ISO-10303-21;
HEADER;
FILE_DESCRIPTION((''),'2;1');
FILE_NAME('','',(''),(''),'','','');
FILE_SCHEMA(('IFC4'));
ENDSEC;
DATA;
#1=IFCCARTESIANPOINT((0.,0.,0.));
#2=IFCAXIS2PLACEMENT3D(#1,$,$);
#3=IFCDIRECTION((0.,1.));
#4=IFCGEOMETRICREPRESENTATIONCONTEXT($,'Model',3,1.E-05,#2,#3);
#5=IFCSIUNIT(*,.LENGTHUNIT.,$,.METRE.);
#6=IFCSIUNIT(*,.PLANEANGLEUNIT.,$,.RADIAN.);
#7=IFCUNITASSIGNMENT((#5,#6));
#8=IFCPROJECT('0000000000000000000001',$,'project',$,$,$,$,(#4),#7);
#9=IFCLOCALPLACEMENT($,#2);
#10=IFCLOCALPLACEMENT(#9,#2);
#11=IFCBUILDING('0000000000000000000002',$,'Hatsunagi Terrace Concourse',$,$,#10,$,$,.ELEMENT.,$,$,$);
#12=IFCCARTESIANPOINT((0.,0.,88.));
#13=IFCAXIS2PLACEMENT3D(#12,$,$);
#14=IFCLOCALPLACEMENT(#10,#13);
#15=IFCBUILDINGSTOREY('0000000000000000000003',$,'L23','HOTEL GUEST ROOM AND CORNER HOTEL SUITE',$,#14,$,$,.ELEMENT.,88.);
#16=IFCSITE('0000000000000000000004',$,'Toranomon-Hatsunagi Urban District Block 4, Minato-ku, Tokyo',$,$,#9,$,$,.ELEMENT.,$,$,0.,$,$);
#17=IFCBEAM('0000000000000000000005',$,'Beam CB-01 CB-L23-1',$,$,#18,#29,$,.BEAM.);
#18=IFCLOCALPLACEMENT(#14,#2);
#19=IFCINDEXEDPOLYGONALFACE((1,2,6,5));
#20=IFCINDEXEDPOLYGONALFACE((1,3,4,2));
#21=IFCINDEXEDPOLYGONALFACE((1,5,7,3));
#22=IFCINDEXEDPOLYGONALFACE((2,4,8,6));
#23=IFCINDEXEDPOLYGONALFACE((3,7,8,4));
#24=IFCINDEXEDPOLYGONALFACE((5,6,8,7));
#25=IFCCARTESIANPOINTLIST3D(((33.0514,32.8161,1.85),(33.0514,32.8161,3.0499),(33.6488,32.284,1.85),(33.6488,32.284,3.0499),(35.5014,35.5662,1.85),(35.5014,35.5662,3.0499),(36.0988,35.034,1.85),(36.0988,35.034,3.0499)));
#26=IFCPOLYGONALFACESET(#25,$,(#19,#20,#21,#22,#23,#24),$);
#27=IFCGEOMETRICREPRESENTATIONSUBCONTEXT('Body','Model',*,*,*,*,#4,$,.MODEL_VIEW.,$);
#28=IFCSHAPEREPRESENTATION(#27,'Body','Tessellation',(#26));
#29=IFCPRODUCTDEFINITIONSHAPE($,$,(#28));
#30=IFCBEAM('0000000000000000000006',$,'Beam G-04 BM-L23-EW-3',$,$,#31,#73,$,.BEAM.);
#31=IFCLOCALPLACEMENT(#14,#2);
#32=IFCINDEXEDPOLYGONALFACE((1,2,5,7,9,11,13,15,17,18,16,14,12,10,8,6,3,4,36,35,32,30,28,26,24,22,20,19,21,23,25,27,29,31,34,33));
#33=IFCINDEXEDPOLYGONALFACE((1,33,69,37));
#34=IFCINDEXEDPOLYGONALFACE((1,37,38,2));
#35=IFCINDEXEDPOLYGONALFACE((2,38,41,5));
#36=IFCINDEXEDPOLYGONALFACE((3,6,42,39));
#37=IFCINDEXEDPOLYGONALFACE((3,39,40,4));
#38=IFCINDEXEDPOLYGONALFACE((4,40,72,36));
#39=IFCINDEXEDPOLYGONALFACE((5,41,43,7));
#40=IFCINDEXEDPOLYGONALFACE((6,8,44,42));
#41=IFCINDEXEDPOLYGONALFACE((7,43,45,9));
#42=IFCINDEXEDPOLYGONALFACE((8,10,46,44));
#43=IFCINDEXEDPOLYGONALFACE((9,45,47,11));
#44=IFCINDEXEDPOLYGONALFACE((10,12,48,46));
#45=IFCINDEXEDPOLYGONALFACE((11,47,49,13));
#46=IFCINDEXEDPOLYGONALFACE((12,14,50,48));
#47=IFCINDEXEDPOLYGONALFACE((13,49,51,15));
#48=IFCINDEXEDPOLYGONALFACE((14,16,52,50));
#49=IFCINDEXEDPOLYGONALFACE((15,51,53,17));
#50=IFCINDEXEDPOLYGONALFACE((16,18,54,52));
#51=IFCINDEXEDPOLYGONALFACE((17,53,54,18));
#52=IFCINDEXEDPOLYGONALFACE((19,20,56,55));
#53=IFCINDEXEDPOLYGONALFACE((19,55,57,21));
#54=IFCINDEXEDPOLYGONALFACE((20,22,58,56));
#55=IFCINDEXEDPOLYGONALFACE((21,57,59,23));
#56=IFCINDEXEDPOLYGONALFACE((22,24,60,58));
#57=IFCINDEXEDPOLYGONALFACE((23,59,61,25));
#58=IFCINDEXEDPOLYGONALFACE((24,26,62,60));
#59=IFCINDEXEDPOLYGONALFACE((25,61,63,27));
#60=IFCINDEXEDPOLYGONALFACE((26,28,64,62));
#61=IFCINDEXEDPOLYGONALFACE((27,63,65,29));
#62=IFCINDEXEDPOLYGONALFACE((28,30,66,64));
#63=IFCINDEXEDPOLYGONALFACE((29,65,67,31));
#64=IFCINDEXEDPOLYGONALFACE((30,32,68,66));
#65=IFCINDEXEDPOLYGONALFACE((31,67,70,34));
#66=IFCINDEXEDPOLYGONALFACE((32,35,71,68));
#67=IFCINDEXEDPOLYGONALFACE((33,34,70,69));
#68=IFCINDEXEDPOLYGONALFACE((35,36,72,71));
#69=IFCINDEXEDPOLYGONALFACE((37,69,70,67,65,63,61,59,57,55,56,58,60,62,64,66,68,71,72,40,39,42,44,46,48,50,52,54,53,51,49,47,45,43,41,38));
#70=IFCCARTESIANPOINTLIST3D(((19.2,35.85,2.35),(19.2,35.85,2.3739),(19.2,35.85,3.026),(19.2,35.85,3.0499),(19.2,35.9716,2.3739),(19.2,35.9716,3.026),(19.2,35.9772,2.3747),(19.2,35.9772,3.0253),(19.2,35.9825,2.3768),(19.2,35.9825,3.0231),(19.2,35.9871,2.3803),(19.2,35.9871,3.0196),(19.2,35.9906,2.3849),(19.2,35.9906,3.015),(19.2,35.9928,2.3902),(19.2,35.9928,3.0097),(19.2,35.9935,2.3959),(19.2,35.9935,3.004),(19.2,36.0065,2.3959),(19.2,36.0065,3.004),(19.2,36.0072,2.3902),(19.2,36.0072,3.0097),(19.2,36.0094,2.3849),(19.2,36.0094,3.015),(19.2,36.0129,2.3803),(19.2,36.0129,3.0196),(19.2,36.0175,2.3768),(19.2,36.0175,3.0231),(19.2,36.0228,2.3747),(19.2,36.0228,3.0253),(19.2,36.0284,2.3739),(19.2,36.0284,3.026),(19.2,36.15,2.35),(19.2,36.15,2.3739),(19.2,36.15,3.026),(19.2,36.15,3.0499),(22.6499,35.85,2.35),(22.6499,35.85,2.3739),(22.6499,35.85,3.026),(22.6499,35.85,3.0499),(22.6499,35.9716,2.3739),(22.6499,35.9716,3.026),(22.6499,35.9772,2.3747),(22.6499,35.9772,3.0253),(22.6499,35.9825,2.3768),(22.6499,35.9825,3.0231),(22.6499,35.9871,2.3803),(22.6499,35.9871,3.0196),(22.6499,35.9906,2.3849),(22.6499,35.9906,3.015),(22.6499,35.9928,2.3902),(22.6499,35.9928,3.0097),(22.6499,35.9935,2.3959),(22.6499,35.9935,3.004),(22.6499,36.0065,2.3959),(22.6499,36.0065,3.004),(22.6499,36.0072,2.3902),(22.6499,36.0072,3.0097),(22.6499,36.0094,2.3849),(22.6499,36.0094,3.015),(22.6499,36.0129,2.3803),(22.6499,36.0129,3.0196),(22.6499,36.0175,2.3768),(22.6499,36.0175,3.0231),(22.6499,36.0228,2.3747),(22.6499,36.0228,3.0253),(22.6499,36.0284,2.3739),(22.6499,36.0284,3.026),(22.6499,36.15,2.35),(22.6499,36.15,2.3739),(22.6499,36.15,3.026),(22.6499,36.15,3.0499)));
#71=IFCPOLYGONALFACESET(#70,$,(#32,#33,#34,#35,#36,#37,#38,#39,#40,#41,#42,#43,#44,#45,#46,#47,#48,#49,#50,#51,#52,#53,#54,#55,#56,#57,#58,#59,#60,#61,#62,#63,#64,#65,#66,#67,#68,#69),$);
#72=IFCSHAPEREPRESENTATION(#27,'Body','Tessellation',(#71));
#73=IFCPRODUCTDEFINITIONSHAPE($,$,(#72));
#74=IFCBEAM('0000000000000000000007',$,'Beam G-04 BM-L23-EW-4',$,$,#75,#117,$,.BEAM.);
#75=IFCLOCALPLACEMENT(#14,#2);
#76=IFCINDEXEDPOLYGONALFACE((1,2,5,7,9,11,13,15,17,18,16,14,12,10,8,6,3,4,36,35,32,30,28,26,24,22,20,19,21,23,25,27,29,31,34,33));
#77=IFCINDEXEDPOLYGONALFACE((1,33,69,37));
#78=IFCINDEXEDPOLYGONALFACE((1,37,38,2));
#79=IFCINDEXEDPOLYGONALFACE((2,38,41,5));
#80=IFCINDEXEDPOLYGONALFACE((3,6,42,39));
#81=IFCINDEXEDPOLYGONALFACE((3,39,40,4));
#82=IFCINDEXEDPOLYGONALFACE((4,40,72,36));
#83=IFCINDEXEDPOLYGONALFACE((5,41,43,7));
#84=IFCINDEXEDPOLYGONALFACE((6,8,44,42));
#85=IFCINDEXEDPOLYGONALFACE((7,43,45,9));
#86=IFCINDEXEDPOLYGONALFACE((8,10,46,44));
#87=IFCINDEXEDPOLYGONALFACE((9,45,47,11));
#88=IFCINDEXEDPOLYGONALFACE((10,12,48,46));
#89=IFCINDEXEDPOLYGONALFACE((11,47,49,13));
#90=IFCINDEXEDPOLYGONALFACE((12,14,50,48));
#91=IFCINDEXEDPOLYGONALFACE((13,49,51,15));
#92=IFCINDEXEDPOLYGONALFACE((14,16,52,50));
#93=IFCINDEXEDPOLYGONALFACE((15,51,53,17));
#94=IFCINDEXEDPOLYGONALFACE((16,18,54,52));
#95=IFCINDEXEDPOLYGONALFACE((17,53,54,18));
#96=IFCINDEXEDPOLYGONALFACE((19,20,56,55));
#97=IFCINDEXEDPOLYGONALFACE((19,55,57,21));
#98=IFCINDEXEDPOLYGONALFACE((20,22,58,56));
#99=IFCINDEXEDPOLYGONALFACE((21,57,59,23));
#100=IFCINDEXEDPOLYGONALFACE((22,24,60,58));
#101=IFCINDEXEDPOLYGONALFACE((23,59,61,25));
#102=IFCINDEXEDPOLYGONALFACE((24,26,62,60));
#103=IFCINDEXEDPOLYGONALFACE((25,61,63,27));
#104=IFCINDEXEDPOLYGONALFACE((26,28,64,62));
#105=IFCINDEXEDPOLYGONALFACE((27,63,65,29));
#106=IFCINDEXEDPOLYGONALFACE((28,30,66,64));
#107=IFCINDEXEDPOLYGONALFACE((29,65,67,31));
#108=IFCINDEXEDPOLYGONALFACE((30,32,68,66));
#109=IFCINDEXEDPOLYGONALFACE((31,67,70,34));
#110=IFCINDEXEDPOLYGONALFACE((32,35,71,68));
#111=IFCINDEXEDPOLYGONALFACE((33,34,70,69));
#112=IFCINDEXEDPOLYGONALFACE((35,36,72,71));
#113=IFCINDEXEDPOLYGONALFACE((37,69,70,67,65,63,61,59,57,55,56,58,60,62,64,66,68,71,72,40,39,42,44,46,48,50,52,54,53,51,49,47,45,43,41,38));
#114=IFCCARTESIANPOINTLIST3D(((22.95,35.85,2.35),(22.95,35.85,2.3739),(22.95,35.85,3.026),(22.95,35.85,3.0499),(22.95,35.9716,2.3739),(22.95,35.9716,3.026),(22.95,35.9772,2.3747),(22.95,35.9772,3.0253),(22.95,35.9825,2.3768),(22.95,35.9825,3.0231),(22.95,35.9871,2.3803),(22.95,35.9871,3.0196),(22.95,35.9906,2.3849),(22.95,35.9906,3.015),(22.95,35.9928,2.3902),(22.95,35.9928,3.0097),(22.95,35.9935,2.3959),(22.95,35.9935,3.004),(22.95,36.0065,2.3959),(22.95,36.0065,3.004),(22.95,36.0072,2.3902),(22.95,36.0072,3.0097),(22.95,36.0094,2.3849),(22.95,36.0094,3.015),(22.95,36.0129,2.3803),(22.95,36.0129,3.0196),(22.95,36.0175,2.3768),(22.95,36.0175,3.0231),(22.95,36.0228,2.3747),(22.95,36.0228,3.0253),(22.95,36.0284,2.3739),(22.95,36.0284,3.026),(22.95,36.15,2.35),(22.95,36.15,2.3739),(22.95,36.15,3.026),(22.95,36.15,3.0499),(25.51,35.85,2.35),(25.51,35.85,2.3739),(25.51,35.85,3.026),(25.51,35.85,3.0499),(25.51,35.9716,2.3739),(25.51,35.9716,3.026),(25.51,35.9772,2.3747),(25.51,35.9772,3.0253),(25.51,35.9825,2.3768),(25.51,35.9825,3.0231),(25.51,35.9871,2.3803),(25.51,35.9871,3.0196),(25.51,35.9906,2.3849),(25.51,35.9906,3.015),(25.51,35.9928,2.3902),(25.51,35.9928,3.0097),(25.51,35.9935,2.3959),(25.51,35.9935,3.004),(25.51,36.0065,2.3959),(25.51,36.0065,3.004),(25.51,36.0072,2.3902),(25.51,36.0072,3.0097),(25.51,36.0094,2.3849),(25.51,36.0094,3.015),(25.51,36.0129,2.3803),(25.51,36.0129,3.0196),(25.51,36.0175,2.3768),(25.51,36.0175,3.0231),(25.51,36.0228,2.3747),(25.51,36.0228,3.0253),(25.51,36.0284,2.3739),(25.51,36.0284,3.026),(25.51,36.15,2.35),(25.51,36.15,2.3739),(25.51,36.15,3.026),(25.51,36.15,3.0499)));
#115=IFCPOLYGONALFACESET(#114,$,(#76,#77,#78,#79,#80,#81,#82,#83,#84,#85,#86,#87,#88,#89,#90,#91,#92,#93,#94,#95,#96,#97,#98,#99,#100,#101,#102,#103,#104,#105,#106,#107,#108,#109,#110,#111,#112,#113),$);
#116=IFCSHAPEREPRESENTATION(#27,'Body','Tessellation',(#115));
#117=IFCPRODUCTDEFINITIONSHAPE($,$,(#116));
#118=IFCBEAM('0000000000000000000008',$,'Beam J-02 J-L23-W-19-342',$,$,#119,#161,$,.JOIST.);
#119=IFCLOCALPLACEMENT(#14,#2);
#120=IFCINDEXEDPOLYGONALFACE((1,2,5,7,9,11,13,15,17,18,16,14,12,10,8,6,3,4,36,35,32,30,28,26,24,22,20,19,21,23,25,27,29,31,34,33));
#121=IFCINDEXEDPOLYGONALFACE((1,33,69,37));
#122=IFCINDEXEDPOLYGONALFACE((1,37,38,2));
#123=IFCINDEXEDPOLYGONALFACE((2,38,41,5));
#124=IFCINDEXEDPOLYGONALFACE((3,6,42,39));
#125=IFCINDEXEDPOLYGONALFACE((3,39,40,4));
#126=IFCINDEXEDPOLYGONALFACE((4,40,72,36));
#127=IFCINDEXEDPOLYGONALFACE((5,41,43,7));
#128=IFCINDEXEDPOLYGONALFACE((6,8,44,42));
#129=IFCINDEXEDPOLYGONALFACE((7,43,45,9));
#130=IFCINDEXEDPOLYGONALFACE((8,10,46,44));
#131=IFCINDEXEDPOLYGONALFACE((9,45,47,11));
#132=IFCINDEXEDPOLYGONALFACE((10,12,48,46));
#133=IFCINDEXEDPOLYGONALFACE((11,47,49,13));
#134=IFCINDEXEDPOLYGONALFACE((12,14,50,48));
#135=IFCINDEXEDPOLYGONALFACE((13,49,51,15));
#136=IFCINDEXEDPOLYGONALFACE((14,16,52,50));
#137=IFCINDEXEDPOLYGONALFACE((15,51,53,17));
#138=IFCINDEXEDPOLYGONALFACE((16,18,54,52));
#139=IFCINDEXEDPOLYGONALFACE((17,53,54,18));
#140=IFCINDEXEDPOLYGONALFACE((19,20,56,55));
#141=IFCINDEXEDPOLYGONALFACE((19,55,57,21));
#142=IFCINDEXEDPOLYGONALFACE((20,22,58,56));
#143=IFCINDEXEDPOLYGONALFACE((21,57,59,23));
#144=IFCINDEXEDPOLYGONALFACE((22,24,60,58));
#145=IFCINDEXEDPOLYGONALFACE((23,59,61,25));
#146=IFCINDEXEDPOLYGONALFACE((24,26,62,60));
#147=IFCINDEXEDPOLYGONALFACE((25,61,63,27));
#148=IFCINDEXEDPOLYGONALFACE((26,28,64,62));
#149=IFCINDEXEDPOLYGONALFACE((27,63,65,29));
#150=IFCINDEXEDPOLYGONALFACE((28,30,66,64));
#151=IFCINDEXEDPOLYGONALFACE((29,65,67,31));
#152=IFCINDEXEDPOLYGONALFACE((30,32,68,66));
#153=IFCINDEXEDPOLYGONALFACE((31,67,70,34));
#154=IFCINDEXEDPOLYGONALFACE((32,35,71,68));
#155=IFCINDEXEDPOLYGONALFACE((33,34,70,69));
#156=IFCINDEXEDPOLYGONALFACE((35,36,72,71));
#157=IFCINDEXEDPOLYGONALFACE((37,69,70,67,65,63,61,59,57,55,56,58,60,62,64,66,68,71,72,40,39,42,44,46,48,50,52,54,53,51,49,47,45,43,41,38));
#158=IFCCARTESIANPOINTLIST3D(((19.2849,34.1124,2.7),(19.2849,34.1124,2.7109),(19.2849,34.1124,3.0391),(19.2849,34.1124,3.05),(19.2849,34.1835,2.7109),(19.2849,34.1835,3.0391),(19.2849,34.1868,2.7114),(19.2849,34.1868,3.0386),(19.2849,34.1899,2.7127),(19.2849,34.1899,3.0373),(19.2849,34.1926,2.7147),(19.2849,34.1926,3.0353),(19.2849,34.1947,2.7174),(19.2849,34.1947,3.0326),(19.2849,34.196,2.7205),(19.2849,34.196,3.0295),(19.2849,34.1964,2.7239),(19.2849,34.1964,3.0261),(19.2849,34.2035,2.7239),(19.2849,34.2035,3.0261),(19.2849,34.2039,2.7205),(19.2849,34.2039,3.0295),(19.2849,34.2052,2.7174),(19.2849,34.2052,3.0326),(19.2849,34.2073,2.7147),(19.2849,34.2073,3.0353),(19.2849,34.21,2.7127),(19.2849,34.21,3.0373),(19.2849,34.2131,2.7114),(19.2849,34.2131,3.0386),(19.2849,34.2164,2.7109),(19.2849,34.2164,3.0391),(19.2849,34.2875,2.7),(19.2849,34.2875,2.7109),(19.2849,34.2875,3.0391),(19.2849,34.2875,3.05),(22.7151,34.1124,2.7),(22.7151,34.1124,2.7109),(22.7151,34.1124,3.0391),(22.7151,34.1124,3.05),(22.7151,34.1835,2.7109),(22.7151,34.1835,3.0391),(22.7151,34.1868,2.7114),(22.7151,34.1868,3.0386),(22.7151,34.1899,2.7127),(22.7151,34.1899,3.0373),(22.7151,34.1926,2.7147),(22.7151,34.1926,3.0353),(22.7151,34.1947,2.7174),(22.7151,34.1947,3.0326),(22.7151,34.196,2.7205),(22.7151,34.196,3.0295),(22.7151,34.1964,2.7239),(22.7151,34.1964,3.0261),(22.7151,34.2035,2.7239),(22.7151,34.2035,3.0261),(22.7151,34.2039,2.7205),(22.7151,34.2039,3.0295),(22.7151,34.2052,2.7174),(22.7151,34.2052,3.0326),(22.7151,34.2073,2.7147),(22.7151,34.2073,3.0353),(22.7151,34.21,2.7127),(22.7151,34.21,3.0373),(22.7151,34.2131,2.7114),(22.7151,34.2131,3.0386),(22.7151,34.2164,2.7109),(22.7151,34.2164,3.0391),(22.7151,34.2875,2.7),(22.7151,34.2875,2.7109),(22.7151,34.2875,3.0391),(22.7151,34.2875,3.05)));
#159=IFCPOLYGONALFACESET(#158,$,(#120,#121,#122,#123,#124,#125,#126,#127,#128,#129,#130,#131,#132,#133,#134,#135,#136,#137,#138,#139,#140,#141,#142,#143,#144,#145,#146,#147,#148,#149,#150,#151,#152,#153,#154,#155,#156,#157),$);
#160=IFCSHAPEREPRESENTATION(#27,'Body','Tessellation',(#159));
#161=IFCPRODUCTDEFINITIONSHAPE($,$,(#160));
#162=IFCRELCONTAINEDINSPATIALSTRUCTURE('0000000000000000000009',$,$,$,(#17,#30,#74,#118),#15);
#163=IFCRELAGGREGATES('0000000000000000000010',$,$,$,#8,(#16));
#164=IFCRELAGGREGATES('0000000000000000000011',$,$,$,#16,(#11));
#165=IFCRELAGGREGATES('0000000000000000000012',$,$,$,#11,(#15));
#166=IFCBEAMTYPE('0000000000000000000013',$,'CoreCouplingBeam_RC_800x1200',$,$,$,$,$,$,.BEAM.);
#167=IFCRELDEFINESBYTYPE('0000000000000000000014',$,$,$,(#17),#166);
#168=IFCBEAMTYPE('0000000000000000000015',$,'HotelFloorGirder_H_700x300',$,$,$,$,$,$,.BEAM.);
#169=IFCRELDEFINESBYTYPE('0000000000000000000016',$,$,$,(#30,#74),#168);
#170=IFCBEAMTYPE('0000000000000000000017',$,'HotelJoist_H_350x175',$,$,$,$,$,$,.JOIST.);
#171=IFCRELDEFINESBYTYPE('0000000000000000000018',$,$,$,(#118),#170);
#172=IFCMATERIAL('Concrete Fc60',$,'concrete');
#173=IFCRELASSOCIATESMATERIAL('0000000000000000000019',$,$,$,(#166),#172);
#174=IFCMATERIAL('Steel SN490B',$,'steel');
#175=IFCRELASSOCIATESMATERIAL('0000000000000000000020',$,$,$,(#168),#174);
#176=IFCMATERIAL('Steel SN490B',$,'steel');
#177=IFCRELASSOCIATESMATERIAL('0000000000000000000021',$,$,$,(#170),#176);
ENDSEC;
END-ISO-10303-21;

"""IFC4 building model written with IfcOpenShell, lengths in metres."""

from ifc_helpers import new_model, si_unit, direction, frame, origin, origin_2d, place, context, subcontext, project, spatial, rectangle, i_section, extrude, material, material_profile, profile_set, type_object, element, save


model = new_model("IFC4")

# Units and contexts
model_context = context("Model", 3, precision=1e-05, world=origin(), true_north=direction((0.0, 1.0)))
body_context = subcontext(model_context, "Body", "Model", "MODEL_VIEW")
ifc_project = project(units=[si_unit("LENGTHUNIT", "METRE"), si_unit("PLANEANGLEUNIT", "RADIAN")], contexts=[model_context])

# Site, building, storey
site_placement = place(None, origin())
site = spatial("IfcSite", under=ifc_project, at=site_placement, Name="Toranomon-Hatsunagi Urban District Block 4, Minato-ku, Tokyo", CompositionType="ELEMENT", RefElevation=0.0)
building_placement = place(site_placement, origin())
building = spatial("IfcBuilding", under=site, at=building_placement, Name="Hatsunagi Terrace Concourse", CompositionType="ELEMENT")
storey_placement = place(building_placement, frame((0.0, 0.0, 88.0)))
storey = spatial("IfcBuildingStorey", under=building, at=storey_placement, Name="L23", Description="HOTEL GUEST ROOM AND CORNER HOTEL SUITE", CompositionType="ELEMENT", Elevation=88.0)

# Beams
ifc_material_1 = material(Name="Concrete Fc60", Category="concrete")
ifc_material_profile_1 = material_profile(ifc_material_1, rectangle(XDim=0.8, YDim=1.2, at=origin_2d()), Name="RC-800x1200")
ifc_profile_set_1 = profile_set([ifc_material_profile_1], Name="Concrete Fc60")
beam_type_1 = type_object("IfcBeamType", Name="CoreCouplingBeam_RC_800x1200", PredefinedType="BEAM", material=ifc_profile_set_1)
beam_1_placement = place(storey_placement, frame((33.3501, 32.55, 2.45), z_axis=(0.665199, 0.746666, 0.0), x_axis=(-0.746666, 0.665199, 0.0)))
element("IfcBeam", 1, at=beam_1_placement, inside=storey, type_object=beam_type_1, Name="Beam CB-01 CB-L23-1", PredefinedType="BEAM", context=body_context, shape_type="SweptSolid", body=[
    extrude(rectangle(XDim=0.8, YDim=1.2, at=origin_2d()), origin(), (0.0, 0.0, 1.0), 3.6831),
])
ifc_material_2 = material(Name="Steel SN490B", Category="steel")
ifc_material_profile_2 = material_profile(ifc_material_2, i_section(OverallWidth=0.3, OverallDepth=0.7, WebThickness=0.0129, FlangeThickness=0.0239, FilletRadius=0.022, at=origin_2d()), Name="H-700x300x13x24")
ifc_profile_set_2 = profile_set([ifc_material_profile_2], Name="Steel SN490B")
beam_type_2 = type_object("IfcBeamType", Name="HotelFloorGirder_H_700x300", PredefinedType="BEAM", material=ifc_profile_set_2)
beam_2_placement = place(storey_placement, frame((19.2, 36.0, 2.7), z_axis=(1.0, 0.0, 0.0), x_axis=(0.0, 1.0, 0.0)))
element("IfcBeam", 2, at=beam_2_placement, inside=storey, type_object=beam_type_2, Name="Beam G-04 BM-L23-EW-3", PredefinedType="BEAM", context=body_context, shape_type="SweptSolid", body=[
    extrude(i_section(OverallWidth=0.3, OverallDepth=0.7, WebThickness=0.0129, FlangeThickness=0.0239, FilletRadius=0.022, at=origin_2d()), origin(), (0.0, 0.0, 1.0), 3.45),
])
beam_3_placement = place(storey_placement, frame((22.95, 36.0, 2.7), z_axis=(1.0, 0.0, 0.0), x_axis=(0.0, 1.0, 0.0)))
element("IfcBeam", 3, at=beam_3_placement, inside=storey, type_object=beam_type_2, Name="Beam G-04 BM-L23-EW-4", PredefinedType="BEAM", context=body_context, shape_type="SweptSolid", body=[
    extrude(i_section(OverallWidth=0.3, OverallDepth=0.7, WebThickness=0.0129, FlangeThickness=0.0239, FilletRadius=0.022, at=origin_2d()), origin(), (0.0, 0.0, 1.0), 2.5601),
])
ifc_material_3 = material(Name="Steel SN490B", Category="steel")
ifc_material_profile_3 = material_profile(ifc_material_3, i_section(OverallWidth=0.175, OverallDepth=0.3501, WebThickness=0.0071, FlangeThickness=0.011, FilletRadius=0.0129, at=origin_2d()), Name="H-350x175x7x11")
ifc_profile_set_3 = profile_set([ifc_material_profile_3], Name="Steel SN490B")
beam_type_3 = type_object("IfcBeamType", Name="HotelJoist_H_350x175", PredefinedType="JOIST", material=ifc_profile_set_3)
for number, where, z_axis, x_axis, name in (
    (4, (19.2849, 34.2, 2.875), (1.0, 0.0, 0.0), (0.0, 1.0, 0.0), "Beam J-02 J-L23-W-19-342"),
):
    element("IfcBeam", number, at=place(storey_placement, frame(where, z_axis=z_axis, x_axis=x_axis)), inside=storey, type_object=beam_type_3, Name=name, PredefinedType="JOIST", context=body_context, shape_type="SweptSolid", body=[
        extrude(i_section(OverallWidth=0.175, OverallDepth=0.3501, WebThickness=0.0071, FlangeThickness=0.011, FilletRadius=0.0129, at=origin_2d()), origin(), (0.0, 0.0, 1.0), 3.4302),
    ])

save(model, "model.ifc")
